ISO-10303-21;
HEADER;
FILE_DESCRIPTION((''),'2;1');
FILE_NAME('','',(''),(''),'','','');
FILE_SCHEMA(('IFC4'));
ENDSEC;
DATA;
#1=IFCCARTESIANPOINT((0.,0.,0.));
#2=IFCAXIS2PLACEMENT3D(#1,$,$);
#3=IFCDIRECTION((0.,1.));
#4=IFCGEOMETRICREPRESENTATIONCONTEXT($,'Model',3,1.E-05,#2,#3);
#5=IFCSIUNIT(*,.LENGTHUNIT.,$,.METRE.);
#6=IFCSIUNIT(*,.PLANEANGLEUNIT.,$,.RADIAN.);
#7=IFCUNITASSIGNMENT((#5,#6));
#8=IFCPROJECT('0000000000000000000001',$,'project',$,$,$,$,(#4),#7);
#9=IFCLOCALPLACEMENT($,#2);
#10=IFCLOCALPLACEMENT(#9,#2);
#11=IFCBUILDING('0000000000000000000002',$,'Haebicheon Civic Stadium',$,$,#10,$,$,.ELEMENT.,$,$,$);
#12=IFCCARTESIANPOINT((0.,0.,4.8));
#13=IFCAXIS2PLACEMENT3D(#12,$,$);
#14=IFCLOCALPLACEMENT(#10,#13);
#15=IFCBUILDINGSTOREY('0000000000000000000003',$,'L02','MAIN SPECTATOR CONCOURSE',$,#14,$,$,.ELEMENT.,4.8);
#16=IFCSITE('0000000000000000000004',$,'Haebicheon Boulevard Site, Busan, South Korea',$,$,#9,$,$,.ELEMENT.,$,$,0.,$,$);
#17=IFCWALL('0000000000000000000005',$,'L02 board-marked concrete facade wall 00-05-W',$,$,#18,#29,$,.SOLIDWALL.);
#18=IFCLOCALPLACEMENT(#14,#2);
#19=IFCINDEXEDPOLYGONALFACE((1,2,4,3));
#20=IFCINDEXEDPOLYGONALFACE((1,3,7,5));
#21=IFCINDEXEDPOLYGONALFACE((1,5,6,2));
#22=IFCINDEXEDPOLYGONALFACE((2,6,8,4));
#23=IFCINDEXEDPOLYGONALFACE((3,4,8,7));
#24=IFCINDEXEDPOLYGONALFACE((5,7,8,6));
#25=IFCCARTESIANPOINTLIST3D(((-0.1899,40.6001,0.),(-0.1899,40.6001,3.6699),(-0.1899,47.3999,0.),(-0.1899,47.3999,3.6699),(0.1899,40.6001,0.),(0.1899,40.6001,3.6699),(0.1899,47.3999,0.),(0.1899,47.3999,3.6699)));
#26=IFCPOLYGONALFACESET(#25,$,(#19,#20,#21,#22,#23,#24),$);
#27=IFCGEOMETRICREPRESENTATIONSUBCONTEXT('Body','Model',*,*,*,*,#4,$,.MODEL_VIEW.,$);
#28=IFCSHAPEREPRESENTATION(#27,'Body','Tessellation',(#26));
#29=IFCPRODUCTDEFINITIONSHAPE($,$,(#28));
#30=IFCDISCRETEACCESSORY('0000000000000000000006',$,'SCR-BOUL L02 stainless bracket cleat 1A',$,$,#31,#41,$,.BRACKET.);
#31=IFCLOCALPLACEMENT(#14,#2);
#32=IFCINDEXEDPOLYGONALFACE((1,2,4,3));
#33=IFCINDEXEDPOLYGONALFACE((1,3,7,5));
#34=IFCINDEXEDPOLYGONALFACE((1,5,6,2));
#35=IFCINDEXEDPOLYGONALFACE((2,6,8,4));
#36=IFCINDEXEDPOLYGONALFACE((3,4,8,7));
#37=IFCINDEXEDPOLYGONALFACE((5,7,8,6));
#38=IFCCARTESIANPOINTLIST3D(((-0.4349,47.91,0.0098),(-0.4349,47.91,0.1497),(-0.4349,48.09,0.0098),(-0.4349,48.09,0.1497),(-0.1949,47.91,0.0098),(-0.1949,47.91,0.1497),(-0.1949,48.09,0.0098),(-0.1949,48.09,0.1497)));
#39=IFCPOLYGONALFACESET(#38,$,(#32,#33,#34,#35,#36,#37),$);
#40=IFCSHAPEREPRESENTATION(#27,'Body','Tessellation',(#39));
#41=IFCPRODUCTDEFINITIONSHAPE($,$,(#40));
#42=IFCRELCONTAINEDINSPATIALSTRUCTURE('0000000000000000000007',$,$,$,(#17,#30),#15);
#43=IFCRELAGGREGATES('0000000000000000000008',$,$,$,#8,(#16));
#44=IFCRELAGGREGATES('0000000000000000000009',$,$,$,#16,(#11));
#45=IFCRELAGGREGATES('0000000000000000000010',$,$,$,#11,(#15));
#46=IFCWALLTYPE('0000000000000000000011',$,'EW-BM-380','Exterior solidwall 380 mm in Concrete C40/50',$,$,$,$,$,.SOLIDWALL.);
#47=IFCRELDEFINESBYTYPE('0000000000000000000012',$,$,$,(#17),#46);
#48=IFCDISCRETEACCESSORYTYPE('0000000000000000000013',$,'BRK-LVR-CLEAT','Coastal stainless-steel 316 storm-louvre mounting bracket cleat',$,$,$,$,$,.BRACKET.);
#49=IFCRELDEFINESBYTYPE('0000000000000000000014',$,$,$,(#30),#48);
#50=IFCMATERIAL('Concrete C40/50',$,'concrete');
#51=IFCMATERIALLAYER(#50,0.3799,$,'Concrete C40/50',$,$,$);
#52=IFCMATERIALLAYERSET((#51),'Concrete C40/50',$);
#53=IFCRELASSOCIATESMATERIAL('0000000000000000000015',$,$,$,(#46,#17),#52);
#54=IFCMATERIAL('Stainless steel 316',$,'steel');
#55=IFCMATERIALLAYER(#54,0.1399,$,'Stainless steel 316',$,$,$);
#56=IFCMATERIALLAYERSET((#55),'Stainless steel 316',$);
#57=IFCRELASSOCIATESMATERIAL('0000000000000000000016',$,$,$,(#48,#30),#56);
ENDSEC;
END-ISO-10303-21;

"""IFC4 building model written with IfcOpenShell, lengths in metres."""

from ifc_helpers import new_model, si_unit, direction, frame, frame_2d, origin, origin_2d, place, context, subcontext, project, spatial, rectangle, extrude, material, layer, layer_set, type_object, element, save


model = new_model("IFC4")

# Units and contexts
model_context = context("Model", 3, precision=1e-05, world=origin(), true_north=direction((0.0, 1.0)))
body_context = subcontext(model_context, "Body", "Model", "MODEL_VIEW")
ifc_project = project(units=[si_unit("LENGTHUNIT", "METRE"), si_unit("PLANEANGLEUNIT", "RADIAN")], contexts=[model_context])

# Site, building, storey
site_placement = place(None, origin())
site = spatial("IfcSite", under=ifc_project, at=site_placement, Name="Haebicheon Boulevard Site, Busan, South Korea", CompositionType="ELEMENT", RefElevation=0.0)
building_placement = place(site_placement, origin())
building = spatial("IfcBuilding", under=site, at=building_placement, Name="Haebicheon Civic Stadium", CompositionType="ELEMENT")
storey_placement = place(building_placement, frame((0.0, 0.0, 4.8)))
storey = spatial("IfcBuildingStorey", under=building, at=storey_placement, Name="L02", Description="MAIN SPECTATOR CONCOURSE", CompositionType="ELEMENT", Elevation=4.8)

# Wall
ifc_material_1 = material(Name="Concrete C40/50", Category="concrete")
ifc_layer_1 = layer(ifc_material_1, 0.3799, Name="Concrete C40/50")
ifc_layer_set_1 = layer_set([ifc_layer_1], Name="Concrete C40/50")
wall_type = type_object("IfcWallType", Name="EW-BM-380", Description="Exterior solidwall 380 mm in Concrete C40/50", PredefinedType="SOLIDWALL", material=ifc_layer_set_1)
wall_1_placement = place(storey_placement, frame((0.0, 40.6001, 0.0), z_axis=(0.0, 0.0, 1.0), x_axis=(0.0, 1.0, 0.0)))
element("IfcWall", 1, at=wall_1_placement, inside=storey, type_object=wall_type, material=ifc_layer_set_1, Name="L02 board-marked concrete facade wall 00-05-W", PredefinedType="SOLIDWALL", context=body_context, shape_type="SweptSolid", body=[
    extrude(rectangle(XDim=6.7998, YDim=0.3799, at=frame_2d((3.3999, 0.0))), origin(), (0.0, 0.0, 1.0), 3.6699),
])

# Discrete accessory
ifc_material_2 = material(Name="Stainless steel 316", Category="steel")
ifc_layer_2 = layer(ifc_material_2, 0.1399, Name="Stainless steel 316")
ifc_layer_set_2 = layer_set([ifc_layer_2], Name="Stainless steel 316")
discrete_accessory_type = type_object("IfcDiscreteAccessoryType", Name="BRK-LVR-CLEAT", Description="Coastal stainless-steel 316 storm-louvre mounting bracket cleat", PredefinedType="BRACKET", material=ifc_layer_set_2)
discrete_accessory_placement = place(storey_placement, frame((-0.3149, 48.0, 0.0098), z_axis=(0.0, 0.0, 1.0), x_axis=(1.0, 0.0, 0.0)))
element("IfcDiscreteAccessory", 2, at=discrete_accessory_placement, inside=storey, type_object=discrete_accessory_type, material=ifc_layer_set_2, Name="SCR-BOUL L02 stainless bracket cleat 1A", PredefinedType="BRACKET", context=body_context, shape_type="SweptSolid", body=[
    extrude(rectangle(XDim=0.24, YDim=0.1799, at=origin_2d()), origin(), (0.0, 0.0, 1.0), 0.1399),
])

save(model, "model.ifc")
